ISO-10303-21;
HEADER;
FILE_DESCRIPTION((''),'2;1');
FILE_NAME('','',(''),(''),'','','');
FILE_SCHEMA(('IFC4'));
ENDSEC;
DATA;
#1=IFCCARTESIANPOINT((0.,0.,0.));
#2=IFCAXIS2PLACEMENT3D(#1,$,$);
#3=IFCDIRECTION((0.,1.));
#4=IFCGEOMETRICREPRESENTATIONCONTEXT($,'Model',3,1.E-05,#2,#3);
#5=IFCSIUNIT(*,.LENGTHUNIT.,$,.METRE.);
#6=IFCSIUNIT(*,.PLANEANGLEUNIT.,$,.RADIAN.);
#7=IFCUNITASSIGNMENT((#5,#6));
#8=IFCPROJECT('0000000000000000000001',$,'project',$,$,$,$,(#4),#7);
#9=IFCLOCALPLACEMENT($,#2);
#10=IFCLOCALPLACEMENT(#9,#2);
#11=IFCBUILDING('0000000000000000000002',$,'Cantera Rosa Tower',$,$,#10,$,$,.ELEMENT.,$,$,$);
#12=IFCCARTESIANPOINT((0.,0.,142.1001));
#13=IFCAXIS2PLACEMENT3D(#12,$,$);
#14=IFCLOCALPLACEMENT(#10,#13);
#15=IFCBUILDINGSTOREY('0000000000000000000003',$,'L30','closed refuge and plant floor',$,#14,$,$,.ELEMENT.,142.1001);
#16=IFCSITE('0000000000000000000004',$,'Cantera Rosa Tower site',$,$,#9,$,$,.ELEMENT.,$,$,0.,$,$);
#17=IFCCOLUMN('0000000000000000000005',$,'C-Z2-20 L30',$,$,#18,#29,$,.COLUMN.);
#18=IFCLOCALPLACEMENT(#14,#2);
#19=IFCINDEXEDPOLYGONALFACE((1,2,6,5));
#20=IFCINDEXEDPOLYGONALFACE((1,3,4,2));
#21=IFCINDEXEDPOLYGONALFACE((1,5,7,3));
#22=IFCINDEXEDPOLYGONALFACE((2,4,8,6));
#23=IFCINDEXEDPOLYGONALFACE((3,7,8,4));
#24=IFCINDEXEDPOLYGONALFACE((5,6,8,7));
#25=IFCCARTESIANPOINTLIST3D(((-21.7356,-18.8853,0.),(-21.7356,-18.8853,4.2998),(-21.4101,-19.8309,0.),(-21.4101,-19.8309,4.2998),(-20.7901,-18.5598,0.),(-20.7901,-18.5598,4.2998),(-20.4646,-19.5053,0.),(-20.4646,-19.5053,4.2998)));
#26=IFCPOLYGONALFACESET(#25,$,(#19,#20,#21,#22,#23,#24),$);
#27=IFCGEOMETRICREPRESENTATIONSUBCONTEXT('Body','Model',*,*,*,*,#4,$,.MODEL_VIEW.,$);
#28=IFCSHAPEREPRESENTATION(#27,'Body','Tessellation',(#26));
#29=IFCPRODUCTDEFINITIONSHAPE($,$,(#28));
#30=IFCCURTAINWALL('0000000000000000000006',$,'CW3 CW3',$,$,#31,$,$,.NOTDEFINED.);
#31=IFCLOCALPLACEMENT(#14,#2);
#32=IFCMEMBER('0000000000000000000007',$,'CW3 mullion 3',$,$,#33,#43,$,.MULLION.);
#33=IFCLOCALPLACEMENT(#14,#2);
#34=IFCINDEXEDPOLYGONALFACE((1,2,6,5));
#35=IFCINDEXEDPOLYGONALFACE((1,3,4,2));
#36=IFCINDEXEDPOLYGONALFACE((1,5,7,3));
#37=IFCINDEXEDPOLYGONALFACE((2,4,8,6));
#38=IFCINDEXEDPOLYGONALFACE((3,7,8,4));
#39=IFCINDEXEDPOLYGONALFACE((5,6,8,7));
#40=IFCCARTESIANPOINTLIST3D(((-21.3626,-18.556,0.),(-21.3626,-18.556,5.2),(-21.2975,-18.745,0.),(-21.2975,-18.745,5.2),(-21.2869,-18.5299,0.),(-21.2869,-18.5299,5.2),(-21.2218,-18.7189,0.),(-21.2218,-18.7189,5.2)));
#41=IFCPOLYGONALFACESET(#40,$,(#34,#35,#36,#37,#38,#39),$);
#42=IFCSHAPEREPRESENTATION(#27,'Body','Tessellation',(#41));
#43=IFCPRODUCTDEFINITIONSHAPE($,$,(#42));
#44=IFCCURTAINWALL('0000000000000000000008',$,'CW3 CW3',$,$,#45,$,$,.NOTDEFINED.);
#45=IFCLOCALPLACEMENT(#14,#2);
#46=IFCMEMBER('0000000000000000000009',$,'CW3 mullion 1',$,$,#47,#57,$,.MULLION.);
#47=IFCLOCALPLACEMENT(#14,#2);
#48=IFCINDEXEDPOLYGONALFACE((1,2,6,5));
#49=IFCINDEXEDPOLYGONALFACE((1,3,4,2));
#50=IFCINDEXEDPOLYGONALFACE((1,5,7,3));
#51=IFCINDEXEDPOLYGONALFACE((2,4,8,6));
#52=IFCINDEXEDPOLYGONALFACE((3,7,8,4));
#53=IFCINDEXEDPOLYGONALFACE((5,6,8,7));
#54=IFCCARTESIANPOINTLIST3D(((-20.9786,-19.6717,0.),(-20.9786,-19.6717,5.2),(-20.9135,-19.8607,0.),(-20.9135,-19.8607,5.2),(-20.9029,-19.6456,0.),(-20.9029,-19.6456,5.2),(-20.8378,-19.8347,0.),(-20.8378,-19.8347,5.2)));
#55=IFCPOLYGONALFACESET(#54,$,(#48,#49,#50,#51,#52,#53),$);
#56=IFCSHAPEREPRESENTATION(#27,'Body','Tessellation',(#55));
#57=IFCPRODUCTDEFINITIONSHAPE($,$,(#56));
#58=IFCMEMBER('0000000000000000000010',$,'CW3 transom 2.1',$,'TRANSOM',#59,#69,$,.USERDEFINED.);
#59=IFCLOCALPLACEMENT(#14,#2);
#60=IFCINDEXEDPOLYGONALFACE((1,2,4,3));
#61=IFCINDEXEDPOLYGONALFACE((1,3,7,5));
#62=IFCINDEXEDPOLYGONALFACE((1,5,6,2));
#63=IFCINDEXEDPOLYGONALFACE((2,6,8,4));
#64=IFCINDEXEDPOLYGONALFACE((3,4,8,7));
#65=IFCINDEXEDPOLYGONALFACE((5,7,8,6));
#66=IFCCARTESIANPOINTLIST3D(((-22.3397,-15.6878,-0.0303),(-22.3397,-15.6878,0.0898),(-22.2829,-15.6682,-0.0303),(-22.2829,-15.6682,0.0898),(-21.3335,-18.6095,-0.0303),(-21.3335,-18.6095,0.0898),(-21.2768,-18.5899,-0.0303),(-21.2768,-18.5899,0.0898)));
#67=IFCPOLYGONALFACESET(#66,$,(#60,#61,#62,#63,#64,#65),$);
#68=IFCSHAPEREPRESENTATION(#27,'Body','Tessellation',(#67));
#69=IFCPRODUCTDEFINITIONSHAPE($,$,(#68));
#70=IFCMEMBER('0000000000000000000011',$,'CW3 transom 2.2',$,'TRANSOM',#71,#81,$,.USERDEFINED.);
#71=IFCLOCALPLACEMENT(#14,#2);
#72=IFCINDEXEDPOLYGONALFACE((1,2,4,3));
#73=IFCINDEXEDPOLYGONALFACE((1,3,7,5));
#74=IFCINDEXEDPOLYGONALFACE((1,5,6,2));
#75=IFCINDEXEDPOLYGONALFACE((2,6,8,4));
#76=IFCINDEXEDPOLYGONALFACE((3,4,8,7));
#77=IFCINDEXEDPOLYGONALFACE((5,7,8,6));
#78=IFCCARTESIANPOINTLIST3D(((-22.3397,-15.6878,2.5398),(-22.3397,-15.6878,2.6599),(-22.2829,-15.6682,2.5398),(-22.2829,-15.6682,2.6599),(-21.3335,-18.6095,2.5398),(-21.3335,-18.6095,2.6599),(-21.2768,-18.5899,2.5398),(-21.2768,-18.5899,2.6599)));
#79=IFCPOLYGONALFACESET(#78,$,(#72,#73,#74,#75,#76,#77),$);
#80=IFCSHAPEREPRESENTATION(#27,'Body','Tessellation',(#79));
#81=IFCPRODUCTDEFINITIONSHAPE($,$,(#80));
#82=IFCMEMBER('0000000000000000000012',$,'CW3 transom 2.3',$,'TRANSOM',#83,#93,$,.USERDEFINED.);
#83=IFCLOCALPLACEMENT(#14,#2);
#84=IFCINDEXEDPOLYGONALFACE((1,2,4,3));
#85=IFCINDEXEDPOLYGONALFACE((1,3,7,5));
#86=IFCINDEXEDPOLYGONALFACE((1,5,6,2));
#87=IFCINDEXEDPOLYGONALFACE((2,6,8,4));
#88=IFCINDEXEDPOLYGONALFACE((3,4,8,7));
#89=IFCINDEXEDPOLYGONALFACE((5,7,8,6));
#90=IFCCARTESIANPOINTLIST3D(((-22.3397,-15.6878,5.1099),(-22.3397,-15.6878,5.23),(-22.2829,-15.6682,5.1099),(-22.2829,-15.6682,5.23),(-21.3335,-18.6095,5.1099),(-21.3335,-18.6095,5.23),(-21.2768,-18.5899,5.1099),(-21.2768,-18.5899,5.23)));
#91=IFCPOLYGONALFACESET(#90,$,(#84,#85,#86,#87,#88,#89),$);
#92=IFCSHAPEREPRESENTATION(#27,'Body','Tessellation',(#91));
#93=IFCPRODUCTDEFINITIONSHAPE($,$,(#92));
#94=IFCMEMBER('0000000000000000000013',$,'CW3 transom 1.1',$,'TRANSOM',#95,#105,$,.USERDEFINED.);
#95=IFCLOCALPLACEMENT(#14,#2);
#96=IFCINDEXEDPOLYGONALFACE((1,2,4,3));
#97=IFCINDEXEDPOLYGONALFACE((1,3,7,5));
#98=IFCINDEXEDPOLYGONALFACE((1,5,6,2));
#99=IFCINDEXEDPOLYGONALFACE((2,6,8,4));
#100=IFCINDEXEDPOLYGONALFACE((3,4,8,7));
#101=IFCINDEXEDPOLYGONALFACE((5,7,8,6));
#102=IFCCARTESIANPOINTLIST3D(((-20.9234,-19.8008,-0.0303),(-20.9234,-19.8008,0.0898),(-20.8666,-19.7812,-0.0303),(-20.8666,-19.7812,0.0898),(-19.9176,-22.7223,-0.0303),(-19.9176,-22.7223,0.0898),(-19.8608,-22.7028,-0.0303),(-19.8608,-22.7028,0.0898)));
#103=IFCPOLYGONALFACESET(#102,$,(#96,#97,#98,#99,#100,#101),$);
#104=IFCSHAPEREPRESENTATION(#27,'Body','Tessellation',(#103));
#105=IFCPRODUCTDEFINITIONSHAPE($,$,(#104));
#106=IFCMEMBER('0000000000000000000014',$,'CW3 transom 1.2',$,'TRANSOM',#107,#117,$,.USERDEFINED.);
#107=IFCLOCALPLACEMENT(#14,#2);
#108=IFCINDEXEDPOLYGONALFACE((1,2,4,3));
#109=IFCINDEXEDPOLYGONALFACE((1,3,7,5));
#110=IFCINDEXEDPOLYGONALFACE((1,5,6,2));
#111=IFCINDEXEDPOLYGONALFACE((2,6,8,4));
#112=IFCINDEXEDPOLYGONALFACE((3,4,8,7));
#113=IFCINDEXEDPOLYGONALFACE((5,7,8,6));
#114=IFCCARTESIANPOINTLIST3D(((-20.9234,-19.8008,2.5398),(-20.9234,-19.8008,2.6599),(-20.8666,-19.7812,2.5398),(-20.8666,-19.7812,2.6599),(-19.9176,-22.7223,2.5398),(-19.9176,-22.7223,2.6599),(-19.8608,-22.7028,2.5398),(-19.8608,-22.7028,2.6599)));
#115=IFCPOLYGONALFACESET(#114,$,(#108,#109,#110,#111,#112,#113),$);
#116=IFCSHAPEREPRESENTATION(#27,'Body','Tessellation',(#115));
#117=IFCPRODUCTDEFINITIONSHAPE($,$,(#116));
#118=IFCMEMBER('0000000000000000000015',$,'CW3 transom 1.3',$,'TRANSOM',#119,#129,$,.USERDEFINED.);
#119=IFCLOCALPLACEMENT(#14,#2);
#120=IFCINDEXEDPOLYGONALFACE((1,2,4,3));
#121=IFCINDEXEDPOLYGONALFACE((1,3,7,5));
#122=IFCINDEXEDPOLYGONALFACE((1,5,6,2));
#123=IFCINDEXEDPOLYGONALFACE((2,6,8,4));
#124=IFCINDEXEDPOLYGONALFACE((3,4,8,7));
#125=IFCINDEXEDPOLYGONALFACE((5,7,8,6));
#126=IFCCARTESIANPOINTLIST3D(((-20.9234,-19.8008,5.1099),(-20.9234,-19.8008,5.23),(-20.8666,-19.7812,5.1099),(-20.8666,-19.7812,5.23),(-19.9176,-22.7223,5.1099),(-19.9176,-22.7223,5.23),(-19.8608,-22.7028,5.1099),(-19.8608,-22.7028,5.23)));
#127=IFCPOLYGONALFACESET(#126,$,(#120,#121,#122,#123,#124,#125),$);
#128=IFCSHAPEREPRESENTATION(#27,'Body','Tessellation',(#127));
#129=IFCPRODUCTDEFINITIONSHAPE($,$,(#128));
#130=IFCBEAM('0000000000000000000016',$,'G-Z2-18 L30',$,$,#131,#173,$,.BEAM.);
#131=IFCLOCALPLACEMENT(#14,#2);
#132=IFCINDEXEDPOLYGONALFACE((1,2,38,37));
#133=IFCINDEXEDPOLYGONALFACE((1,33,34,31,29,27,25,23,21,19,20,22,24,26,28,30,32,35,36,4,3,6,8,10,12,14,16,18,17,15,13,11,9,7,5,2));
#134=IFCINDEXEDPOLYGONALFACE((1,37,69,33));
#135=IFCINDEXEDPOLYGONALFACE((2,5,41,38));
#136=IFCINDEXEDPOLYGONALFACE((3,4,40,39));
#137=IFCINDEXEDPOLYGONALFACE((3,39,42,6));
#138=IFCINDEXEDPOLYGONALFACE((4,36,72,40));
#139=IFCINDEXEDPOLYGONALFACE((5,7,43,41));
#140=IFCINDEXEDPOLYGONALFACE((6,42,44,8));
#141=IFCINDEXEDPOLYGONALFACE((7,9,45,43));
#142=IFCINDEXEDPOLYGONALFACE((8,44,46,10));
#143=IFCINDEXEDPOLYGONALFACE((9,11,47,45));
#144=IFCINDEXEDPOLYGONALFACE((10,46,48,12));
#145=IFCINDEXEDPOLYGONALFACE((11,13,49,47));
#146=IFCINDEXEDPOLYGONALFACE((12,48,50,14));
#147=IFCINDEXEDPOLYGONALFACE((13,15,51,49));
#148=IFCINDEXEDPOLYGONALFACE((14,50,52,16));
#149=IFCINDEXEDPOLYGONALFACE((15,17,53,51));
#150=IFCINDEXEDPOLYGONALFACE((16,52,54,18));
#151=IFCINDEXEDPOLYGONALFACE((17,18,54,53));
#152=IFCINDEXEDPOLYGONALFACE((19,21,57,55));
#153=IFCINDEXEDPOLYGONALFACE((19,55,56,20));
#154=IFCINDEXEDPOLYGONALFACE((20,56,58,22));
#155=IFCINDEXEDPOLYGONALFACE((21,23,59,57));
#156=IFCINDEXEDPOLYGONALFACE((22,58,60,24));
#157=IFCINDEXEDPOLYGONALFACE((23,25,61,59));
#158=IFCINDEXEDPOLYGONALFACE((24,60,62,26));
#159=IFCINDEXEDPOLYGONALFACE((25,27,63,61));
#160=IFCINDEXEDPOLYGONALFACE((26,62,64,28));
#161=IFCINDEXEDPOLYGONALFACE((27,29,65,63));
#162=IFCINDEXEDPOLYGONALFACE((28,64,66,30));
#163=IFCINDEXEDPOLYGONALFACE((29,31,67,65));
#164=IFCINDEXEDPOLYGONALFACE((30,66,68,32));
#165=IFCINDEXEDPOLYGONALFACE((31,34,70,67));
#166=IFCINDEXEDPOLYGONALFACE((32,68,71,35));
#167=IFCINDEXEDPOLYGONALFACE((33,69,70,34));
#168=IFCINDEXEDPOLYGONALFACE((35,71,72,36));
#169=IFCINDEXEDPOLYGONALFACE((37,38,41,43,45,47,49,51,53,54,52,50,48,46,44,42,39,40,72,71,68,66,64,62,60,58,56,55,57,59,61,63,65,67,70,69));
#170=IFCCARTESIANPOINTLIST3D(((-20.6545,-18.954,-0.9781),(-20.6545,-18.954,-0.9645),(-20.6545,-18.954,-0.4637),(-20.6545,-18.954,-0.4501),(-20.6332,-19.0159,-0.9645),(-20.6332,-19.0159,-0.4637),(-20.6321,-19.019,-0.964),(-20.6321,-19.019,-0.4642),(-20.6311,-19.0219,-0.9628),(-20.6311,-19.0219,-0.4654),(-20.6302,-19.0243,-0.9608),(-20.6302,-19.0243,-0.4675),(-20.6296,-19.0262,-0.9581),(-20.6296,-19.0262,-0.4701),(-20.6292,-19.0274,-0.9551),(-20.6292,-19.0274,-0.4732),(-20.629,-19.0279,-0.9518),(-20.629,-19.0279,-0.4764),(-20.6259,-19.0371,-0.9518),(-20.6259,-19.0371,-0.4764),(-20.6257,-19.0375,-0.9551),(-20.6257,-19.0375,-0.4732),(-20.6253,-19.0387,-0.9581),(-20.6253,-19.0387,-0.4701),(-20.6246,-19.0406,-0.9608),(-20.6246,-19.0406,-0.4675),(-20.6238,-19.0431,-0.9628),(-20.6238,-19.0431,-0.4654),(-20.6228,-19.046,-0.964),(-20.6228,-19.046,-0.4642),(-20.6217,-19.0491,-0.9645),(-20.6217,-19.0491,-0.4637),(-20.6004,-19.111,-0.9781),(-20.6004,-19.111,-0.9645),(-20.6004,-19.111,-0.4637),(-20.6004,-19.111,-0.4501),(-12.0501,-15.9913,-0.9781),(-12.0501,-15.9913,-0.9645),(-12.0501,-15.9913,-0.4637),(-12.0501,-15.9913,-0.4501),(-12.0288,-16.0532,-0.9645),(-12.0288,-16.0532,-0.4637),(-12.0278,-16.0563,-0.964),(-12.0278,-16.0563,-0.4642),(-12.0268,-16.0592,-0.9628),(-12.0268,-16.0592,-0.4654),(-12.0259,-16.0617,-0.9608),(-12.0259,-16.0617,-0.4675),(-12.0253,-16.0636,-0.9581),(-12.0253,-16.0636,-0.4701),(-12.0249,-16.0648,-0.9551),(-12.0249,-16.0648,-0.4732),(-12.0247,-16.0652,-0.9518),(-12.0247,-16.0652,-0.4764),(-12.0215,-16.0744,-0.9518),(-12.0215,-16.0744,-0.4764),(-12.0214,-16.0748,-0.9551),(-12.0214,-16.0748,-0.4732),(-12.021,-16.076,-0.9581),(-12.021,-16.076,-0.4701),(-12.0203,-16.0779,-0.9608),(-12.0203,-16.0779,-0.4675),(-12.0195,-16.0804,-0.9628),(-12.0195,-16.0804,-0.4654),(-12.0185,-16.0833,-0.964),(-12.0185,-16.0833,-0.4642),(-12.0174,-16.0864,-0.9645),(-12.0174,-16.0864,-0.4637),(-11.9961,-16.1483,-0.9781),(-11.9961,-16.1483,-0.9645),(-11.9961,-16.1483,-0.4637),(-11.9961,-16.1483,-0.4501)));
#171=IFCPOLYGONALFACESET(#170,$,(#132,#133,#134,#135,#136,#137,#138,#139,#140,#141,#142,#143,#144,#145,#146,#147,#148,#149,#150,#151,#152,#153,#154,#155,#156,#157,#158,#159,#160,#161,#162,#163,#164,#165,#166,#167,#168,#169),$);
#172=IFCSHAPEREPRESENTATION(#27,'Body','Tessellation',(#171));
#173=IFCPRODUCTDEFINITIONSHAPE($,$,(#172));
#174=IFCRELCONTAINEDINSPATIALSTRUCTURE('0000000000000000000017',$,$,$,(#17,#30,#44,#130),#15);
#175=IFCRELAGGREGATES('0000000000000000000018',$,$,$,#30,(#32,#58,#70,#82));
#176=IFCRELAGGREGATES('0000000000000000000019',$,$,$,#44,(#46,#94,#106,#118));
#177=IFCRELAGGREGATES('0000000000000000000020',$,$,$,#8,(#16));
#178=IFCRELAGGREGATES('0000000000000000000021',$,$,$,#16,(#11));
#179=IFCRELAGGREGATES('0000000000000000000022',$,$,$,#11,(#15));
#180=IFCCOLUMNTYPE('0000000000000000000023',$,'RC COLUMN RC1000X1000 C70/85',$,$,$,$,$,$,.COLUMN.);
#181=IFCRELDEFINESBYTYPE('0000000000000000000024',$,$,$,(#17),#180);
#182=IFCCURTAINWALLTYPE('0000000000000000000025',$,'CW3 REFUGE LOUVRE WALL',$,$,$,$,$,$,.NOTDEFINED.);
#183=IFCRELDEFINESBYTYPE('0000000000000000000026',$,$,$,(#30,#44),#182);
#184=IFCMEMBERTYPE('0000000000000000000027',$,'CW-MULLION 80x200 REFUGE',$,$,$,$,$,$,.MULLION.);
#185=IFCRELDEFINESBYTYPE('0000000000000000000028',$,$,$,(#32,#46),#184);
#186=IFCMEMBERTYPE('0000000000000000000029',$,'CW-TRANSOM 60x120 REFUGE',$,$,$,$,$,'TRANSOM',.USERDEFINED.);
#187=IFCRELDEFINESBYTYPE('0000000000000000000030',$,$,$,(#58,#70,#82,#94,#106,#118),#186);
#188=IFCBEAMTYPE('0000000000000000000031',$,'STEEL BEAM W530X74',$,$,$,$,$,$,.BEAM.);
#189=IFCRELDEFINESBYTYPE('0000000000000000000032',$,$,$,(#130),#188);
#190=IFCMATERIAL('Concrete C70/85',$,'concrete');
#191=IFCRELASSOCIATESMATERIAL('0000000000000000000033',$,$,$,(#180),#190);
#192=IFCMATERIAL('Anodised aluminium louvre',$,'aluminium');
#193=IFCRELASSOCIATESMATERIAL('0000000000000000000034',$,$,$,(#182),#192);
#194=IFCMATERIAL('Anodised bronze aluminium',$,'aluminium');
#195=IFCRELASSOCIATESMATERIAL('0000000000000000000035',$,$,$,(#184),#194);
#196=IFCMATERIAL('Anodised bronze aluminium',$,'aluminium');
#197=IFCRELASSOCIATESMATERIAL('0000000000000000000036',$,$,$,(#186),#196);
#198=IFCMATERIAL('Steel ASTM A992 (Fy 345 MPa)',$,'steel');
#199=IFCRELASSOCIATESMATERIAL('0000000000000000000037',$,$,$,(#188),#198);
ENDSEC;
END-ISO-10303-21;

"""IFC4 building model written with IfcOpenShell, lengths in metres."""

from ifc_helpers import new_model, si_unit, direction, frame, origin, origin_2d, place, context, subcontext, project, spatial, rectangle, i_section, extrude, material, material_profile, profile_set, type_object, element, aggregate, save


model = new_model("IFC4")

# Units and contexts
model_context = context("Model", 3, precision=1e-05, world=origin(), true_north=direction((0.0, 1.0)))
body_context = subcontext(model_context, "Body", "Model", "MODEL_VIEW")
ifc_project = project(units=[si_unit("LENGTHUNIT", "METRE"), si_unit("PLANEANGLEUNIT", "RADIAN")], contexts=[model_context])

# Site, building, storey
site_placement = place(None, origin())
site = spatial("IfcSite", under=ifc_project, at=site_placement, Name="Cantera Rosa Tower site", CompositionType="ELEMENT", RefElevation=0.0)
building_placement = place(site_placement, origin())
building = spatial("IfcBuilding", under=site, at=building_placement, Name="Cantera Rosa Tower", CompositionType="ELEMENT")
storey_placement = place(building_placement, frame((0.0, 0.0, 142.1001)))
storey = spatial("IfcBuildingStorey", under=building, at=storey_placement, Name="L30", Description="closed refuge and plant floor", CompositionType="ELEMENT", Elevation=142.1001)

# Column
ifc_material_1 = material(Name="Concrete C70/85", Category="concrete")
ifc_material_profile_1 = material_profile(ifc_material_1, rectangle(XDim=1.0, YDim=1.0, at=origin_2d()), Name="RC COLUMN RC1000X1000 C70/85")
ifc_profile_set_1 = profile_set([ifc_material_profile_1], Name="Concrete C70/85")
column_type = type_object("IfcColumnType", Name="RC COLUMN RC1000X1000 C70/85", PredefinedType="COLUMN", material=ifc_profile_set_1)
column_placement = place(storey_placement, frame((-21.1001, -19.1953, 0.0), z_axis=(0.0, 0.0, 1.0), x_axis=(0.945519, 0.325568, 0.0)))
element("IfcColumn", 1, at=column_placement, inside=storey, type_object=column_type, Name="C-Z2-20 L30", PredefinedType="COLUMN", context=body_context, shape_type="SweptSolid", body=[
    extrude(rectangle(XDim=1.0, YDim=1.0, at=origin_2d()), origin(), (0.0, 0.0, 1.0), 4.2998),
])

# Curtain walls, members
ifc_material_2 = material(Name="Anodised aluminium louvre", Category="aluminium")
curtain_wall_type = type_object("IfcCurtainWallType", Name="CW3 REFUGE LOUVRE WALL", PredefinedType="NOTDEFINED", material=ifc_material_2)
curtain_wall_1_placement = place(storey_placement, origin())
curtain_wall_1 = element("IfcCurtainWall", 2, at=curtain_wall_1_placement, inside=storey, type_object=curtain_wall_type, Name="CW3 CW3", PredefinedType="NOTDEFINED")
ifc_material_3 = material(Name="Anodised bronze aluminium", Category="aluminium")
ifc_material_profile_2 = material_profile(ifc_material_3, rectangle(XDim=0.0801, YDim=0.2, at=origin_2d()), Name="CW-MULLION 80x200 REFUGE")
ifc_profile_set_2 = profile_set([ifc_material_profile_2], Name="Anodised bronze aluminium")
member_type_1 = type_object("IfcMemberType", Name="CW-MULLION 80x200 REFUGE", PredefinedType="MULLION", material=ifc_profile_set_2)
member_1_placement = place(storey_placement, frame((-21.2922, -18.6375, 0.0), z_axis=(0.0, 0.0, 1.0), x_axis=(0.945519, 0.325568, 0.0)))
member_1 = element("IfcMember", 3, at=member_1_placement, type_object=member_type_1, Name="CW3 mullion 3", PredefinedType="MULLION", context=body_context, shape_type="SweptSolid", body=[
    extrude(rectangle(XDim=0.0801, YDim=0.2, at=origin_2d()), origin(), (0.0, 0.0, 1.0), 5.2),
])
curtain_wall_2_placement = place(storey_placement, origin())
curtain_wall_2 = element("IfcCurtainWall", 4, at=curtain_wall_2_placement, inside=storey, type_object=curtain_wall_type, Name="CW3 CW3", PredefinedType="NOTDEFINED")
member_2_placement = place(storey_placement, frame((-20.9082, -19.7532, 0.0), z_axis=(0.0, 0.0, 1.0), x_axis=(0.945519, 0.325568, 0.0)))
member_2 = element("IfcMember", 5, at=member_2_placement, type_object=member_type_1, Name="CW3 mullion 1", PredefinedType="MULLION", context=body_context, shape_type="SweptSolid", body=[
    extrude(rectangle(XDim=0.0801, YDim=0.2, at=origin_2d()), origin(), (0.0, 0.0, 1.0), 5.2),
])

# Members
ifc_material_4 = material(Name="Anodised bronze aluminium", Category="aluminium")
ifc_material_profile_3 = material_profile(ifc_material_4, rectangle(XDim=0.0601, YDim=0.1201, at=origin_2d()), Name="CW-TRANSOM 60x120 REFUGE")
ifc_profile_set_3 = profile_set([ifc_material_profile_3], Name="Anodised bronze aluminium")
member_type_2 = type_object("IfcMemberType", Name="CW-TRANSOM 60x120 REFUGE", ElementType="TRANSOM", PredefinedType="USERDEFINED", material=ifc_profile_set_3)
member_3_placement = place(storey_placement, frame((-22.3113, -15.678, 0.0298), z_axis=(0.325599, -0.945508, 0.0), x_axis=(0.945508, 0.325599, 0.0)))
member_3 = element("IfcMember", 6, at=member_3_placement, type_object=member_type_2, Name="CW3 transom 2.1", ObjectType="TRANSOM", PredefinedType="USERDEFINED", context=body_context, shape_type="SweptSolid", body=[
    extrude(rectangle(XDim=0.0601, YDim=0.1201, at=origin_2d()), origin(), (0.0, 0.0, 1.0), 3.0901),
])
member_4_placement = place(storey_placement, frame((-22.3113, -15.678, 2.5999), z_axis=(0.325599, -0.945508, 0.0), x_axis=(0.945508, 0.325599, 0.0)))
member_4 = element("IfcMember", 7, at=member_4_placement, type_object=member_type_2, Name="CW3 transom 2.2", ObjectType="TRANSOM", PredefinedType="USERDEFINED", context=body_context, shape_type="SweptSolid", body=[
    extrude(rectangle(XDim=0.0601, YDim=0.1201, at=origin_2d()), origin(), (0.0, 0.0, 1.0), 3.0901),
])
member_5_placement = place(storey_placement, frame((-22.3113, -15.678, 5.1699), z_axis=(0.325599, -0.945508, 0.0), x_axis=(0.945508, 0.325599, 0.0)))
member_5 = element("IfcMember", 8, at=member_5_placement, type_object=member_type_2, Name="CW3 transom 2.3", ObjectType="TRANSOM", PredefinedType="USERDEFINED", context=body_context, shape_type="SweptSolid", body=[
    extrude(rectangle(XDim=0.0601, YDim=0.1201, at=origin_2d()), origin(), (0.0, 0.0, 1.0), 3.0901),
])
member_6_placement = place(storey_placement, frame((-20.895, -19.791, 0.0298), z_axis=(0.325528, -0.945532, 0.0), x_axis=(0.945532, 0.325528, 0.0)))
member_6 = element("IfcMember", 9, at=member_6_placement, type_object=member_type_2, Name="CW3 transom 1.1", ObjectType="TRANSOM", PredefinedType="USERDEFINED", context=body_context, shape_type="SweptSolid", body=[
    extrude(rectangle(XDim=0.0601, YDim=0.1201, at=origin_2d()), origin(), (0.0, 0.0, 1.0), 3.0898),
])
member_7_placement = place(storey_placement, frame((-20.895, -19.791, 2.5999), z_axis=(0.325528, -0.945532, 0.0), x_axis=(0.945532, 0.325528, 0.0)))
member_7 = element("IfcMember", 10, at=member_7_placement, type_object=member_type_2, Name="CW3 transom 1.2", ObjectType="TRANSOM", PredefinedType="USERDEFINED", context=body_context, shape_type="SweptSolid", body=[
    extrude(rectangle(XDim=0.0601, YDim=0.1201, at=origin_2d()), origin(), (0.0, 0.0, 1.0), 3.0898),
])
member_8_placement = place(storey_placement, frame((-20.895, -19.791, 5.1699), z_axis=(0.325528, -0.945532, 0.0), x_axis=(0.945532, 0.325528, 0.0)))
member_8 = element("IfcMember", 11, at=member_8_placement, type_object=member_type_2, Name="CW3 transom 1.3", ObjectType="TRANSOM", PredefinedType="USERDEFINED", context=body_context, shape_type="SweptSolid", body=[
    extrude(rectangle(XDim=0.0601, YDim=0.1201, at=origin_2d()), origin(), (0.0, 0.0, 1.0), 3.0898),
])

# Beam
ifc_material_5 = material(Name="Steel ASTM A992 (Fy 345 MPa)", Category="steel")
ifc_material_profile_4 = material_profile(ifc_material_5, i_section(OverallWidth=0.166, OverallDepth=0.5281, WebThickness=0.0098, FlangeThickness=0.0137, FilletRadius=0.0127, at=origin_2d()), Name="W530X74")
ifc_profile_set_4 = profile_set([ifc_material_profile_4], Name="Steel ASTM A992 (Fy 345 MPa)")
beam_type_1 = type_object("IfcBeamType", Name="STEEL BEAM W530X74", PredefinedType="BEAM", material=ifc_profile_set_4)
beam_1_placement = place(storey_placement, frame((-20.6274, -19.0325, -0.7141), z_axis=(0.94552, 0.325565, 0.0), x_axis=(-0.325565, 0.94552, 0.0)))
element("IfcBeam", 12, at=beam_1_placement, inside=storey, type_object=beam_type_1, Name="G-Z2-18 L30", PredefinedType="BEAM", context=body_context, shape_type="SweptSolid", body=[
    extrude(i_section(OverallWidth=0.166, OverallDepth=0.5281, WebThickness=0.0098, FlangeThickness=0.0137, FilletRadius=0.0127, at=origin_2d()), origin(), (0.0, 0.0, 1.0), 9.1001),
])

aggregate(curtain_wall_1, [member_1, member_3, member_4, member_5])
aggregate(curtain_wall_2, [member_2, member_6, member_7, member_8])

save(model, "model.ifc")
